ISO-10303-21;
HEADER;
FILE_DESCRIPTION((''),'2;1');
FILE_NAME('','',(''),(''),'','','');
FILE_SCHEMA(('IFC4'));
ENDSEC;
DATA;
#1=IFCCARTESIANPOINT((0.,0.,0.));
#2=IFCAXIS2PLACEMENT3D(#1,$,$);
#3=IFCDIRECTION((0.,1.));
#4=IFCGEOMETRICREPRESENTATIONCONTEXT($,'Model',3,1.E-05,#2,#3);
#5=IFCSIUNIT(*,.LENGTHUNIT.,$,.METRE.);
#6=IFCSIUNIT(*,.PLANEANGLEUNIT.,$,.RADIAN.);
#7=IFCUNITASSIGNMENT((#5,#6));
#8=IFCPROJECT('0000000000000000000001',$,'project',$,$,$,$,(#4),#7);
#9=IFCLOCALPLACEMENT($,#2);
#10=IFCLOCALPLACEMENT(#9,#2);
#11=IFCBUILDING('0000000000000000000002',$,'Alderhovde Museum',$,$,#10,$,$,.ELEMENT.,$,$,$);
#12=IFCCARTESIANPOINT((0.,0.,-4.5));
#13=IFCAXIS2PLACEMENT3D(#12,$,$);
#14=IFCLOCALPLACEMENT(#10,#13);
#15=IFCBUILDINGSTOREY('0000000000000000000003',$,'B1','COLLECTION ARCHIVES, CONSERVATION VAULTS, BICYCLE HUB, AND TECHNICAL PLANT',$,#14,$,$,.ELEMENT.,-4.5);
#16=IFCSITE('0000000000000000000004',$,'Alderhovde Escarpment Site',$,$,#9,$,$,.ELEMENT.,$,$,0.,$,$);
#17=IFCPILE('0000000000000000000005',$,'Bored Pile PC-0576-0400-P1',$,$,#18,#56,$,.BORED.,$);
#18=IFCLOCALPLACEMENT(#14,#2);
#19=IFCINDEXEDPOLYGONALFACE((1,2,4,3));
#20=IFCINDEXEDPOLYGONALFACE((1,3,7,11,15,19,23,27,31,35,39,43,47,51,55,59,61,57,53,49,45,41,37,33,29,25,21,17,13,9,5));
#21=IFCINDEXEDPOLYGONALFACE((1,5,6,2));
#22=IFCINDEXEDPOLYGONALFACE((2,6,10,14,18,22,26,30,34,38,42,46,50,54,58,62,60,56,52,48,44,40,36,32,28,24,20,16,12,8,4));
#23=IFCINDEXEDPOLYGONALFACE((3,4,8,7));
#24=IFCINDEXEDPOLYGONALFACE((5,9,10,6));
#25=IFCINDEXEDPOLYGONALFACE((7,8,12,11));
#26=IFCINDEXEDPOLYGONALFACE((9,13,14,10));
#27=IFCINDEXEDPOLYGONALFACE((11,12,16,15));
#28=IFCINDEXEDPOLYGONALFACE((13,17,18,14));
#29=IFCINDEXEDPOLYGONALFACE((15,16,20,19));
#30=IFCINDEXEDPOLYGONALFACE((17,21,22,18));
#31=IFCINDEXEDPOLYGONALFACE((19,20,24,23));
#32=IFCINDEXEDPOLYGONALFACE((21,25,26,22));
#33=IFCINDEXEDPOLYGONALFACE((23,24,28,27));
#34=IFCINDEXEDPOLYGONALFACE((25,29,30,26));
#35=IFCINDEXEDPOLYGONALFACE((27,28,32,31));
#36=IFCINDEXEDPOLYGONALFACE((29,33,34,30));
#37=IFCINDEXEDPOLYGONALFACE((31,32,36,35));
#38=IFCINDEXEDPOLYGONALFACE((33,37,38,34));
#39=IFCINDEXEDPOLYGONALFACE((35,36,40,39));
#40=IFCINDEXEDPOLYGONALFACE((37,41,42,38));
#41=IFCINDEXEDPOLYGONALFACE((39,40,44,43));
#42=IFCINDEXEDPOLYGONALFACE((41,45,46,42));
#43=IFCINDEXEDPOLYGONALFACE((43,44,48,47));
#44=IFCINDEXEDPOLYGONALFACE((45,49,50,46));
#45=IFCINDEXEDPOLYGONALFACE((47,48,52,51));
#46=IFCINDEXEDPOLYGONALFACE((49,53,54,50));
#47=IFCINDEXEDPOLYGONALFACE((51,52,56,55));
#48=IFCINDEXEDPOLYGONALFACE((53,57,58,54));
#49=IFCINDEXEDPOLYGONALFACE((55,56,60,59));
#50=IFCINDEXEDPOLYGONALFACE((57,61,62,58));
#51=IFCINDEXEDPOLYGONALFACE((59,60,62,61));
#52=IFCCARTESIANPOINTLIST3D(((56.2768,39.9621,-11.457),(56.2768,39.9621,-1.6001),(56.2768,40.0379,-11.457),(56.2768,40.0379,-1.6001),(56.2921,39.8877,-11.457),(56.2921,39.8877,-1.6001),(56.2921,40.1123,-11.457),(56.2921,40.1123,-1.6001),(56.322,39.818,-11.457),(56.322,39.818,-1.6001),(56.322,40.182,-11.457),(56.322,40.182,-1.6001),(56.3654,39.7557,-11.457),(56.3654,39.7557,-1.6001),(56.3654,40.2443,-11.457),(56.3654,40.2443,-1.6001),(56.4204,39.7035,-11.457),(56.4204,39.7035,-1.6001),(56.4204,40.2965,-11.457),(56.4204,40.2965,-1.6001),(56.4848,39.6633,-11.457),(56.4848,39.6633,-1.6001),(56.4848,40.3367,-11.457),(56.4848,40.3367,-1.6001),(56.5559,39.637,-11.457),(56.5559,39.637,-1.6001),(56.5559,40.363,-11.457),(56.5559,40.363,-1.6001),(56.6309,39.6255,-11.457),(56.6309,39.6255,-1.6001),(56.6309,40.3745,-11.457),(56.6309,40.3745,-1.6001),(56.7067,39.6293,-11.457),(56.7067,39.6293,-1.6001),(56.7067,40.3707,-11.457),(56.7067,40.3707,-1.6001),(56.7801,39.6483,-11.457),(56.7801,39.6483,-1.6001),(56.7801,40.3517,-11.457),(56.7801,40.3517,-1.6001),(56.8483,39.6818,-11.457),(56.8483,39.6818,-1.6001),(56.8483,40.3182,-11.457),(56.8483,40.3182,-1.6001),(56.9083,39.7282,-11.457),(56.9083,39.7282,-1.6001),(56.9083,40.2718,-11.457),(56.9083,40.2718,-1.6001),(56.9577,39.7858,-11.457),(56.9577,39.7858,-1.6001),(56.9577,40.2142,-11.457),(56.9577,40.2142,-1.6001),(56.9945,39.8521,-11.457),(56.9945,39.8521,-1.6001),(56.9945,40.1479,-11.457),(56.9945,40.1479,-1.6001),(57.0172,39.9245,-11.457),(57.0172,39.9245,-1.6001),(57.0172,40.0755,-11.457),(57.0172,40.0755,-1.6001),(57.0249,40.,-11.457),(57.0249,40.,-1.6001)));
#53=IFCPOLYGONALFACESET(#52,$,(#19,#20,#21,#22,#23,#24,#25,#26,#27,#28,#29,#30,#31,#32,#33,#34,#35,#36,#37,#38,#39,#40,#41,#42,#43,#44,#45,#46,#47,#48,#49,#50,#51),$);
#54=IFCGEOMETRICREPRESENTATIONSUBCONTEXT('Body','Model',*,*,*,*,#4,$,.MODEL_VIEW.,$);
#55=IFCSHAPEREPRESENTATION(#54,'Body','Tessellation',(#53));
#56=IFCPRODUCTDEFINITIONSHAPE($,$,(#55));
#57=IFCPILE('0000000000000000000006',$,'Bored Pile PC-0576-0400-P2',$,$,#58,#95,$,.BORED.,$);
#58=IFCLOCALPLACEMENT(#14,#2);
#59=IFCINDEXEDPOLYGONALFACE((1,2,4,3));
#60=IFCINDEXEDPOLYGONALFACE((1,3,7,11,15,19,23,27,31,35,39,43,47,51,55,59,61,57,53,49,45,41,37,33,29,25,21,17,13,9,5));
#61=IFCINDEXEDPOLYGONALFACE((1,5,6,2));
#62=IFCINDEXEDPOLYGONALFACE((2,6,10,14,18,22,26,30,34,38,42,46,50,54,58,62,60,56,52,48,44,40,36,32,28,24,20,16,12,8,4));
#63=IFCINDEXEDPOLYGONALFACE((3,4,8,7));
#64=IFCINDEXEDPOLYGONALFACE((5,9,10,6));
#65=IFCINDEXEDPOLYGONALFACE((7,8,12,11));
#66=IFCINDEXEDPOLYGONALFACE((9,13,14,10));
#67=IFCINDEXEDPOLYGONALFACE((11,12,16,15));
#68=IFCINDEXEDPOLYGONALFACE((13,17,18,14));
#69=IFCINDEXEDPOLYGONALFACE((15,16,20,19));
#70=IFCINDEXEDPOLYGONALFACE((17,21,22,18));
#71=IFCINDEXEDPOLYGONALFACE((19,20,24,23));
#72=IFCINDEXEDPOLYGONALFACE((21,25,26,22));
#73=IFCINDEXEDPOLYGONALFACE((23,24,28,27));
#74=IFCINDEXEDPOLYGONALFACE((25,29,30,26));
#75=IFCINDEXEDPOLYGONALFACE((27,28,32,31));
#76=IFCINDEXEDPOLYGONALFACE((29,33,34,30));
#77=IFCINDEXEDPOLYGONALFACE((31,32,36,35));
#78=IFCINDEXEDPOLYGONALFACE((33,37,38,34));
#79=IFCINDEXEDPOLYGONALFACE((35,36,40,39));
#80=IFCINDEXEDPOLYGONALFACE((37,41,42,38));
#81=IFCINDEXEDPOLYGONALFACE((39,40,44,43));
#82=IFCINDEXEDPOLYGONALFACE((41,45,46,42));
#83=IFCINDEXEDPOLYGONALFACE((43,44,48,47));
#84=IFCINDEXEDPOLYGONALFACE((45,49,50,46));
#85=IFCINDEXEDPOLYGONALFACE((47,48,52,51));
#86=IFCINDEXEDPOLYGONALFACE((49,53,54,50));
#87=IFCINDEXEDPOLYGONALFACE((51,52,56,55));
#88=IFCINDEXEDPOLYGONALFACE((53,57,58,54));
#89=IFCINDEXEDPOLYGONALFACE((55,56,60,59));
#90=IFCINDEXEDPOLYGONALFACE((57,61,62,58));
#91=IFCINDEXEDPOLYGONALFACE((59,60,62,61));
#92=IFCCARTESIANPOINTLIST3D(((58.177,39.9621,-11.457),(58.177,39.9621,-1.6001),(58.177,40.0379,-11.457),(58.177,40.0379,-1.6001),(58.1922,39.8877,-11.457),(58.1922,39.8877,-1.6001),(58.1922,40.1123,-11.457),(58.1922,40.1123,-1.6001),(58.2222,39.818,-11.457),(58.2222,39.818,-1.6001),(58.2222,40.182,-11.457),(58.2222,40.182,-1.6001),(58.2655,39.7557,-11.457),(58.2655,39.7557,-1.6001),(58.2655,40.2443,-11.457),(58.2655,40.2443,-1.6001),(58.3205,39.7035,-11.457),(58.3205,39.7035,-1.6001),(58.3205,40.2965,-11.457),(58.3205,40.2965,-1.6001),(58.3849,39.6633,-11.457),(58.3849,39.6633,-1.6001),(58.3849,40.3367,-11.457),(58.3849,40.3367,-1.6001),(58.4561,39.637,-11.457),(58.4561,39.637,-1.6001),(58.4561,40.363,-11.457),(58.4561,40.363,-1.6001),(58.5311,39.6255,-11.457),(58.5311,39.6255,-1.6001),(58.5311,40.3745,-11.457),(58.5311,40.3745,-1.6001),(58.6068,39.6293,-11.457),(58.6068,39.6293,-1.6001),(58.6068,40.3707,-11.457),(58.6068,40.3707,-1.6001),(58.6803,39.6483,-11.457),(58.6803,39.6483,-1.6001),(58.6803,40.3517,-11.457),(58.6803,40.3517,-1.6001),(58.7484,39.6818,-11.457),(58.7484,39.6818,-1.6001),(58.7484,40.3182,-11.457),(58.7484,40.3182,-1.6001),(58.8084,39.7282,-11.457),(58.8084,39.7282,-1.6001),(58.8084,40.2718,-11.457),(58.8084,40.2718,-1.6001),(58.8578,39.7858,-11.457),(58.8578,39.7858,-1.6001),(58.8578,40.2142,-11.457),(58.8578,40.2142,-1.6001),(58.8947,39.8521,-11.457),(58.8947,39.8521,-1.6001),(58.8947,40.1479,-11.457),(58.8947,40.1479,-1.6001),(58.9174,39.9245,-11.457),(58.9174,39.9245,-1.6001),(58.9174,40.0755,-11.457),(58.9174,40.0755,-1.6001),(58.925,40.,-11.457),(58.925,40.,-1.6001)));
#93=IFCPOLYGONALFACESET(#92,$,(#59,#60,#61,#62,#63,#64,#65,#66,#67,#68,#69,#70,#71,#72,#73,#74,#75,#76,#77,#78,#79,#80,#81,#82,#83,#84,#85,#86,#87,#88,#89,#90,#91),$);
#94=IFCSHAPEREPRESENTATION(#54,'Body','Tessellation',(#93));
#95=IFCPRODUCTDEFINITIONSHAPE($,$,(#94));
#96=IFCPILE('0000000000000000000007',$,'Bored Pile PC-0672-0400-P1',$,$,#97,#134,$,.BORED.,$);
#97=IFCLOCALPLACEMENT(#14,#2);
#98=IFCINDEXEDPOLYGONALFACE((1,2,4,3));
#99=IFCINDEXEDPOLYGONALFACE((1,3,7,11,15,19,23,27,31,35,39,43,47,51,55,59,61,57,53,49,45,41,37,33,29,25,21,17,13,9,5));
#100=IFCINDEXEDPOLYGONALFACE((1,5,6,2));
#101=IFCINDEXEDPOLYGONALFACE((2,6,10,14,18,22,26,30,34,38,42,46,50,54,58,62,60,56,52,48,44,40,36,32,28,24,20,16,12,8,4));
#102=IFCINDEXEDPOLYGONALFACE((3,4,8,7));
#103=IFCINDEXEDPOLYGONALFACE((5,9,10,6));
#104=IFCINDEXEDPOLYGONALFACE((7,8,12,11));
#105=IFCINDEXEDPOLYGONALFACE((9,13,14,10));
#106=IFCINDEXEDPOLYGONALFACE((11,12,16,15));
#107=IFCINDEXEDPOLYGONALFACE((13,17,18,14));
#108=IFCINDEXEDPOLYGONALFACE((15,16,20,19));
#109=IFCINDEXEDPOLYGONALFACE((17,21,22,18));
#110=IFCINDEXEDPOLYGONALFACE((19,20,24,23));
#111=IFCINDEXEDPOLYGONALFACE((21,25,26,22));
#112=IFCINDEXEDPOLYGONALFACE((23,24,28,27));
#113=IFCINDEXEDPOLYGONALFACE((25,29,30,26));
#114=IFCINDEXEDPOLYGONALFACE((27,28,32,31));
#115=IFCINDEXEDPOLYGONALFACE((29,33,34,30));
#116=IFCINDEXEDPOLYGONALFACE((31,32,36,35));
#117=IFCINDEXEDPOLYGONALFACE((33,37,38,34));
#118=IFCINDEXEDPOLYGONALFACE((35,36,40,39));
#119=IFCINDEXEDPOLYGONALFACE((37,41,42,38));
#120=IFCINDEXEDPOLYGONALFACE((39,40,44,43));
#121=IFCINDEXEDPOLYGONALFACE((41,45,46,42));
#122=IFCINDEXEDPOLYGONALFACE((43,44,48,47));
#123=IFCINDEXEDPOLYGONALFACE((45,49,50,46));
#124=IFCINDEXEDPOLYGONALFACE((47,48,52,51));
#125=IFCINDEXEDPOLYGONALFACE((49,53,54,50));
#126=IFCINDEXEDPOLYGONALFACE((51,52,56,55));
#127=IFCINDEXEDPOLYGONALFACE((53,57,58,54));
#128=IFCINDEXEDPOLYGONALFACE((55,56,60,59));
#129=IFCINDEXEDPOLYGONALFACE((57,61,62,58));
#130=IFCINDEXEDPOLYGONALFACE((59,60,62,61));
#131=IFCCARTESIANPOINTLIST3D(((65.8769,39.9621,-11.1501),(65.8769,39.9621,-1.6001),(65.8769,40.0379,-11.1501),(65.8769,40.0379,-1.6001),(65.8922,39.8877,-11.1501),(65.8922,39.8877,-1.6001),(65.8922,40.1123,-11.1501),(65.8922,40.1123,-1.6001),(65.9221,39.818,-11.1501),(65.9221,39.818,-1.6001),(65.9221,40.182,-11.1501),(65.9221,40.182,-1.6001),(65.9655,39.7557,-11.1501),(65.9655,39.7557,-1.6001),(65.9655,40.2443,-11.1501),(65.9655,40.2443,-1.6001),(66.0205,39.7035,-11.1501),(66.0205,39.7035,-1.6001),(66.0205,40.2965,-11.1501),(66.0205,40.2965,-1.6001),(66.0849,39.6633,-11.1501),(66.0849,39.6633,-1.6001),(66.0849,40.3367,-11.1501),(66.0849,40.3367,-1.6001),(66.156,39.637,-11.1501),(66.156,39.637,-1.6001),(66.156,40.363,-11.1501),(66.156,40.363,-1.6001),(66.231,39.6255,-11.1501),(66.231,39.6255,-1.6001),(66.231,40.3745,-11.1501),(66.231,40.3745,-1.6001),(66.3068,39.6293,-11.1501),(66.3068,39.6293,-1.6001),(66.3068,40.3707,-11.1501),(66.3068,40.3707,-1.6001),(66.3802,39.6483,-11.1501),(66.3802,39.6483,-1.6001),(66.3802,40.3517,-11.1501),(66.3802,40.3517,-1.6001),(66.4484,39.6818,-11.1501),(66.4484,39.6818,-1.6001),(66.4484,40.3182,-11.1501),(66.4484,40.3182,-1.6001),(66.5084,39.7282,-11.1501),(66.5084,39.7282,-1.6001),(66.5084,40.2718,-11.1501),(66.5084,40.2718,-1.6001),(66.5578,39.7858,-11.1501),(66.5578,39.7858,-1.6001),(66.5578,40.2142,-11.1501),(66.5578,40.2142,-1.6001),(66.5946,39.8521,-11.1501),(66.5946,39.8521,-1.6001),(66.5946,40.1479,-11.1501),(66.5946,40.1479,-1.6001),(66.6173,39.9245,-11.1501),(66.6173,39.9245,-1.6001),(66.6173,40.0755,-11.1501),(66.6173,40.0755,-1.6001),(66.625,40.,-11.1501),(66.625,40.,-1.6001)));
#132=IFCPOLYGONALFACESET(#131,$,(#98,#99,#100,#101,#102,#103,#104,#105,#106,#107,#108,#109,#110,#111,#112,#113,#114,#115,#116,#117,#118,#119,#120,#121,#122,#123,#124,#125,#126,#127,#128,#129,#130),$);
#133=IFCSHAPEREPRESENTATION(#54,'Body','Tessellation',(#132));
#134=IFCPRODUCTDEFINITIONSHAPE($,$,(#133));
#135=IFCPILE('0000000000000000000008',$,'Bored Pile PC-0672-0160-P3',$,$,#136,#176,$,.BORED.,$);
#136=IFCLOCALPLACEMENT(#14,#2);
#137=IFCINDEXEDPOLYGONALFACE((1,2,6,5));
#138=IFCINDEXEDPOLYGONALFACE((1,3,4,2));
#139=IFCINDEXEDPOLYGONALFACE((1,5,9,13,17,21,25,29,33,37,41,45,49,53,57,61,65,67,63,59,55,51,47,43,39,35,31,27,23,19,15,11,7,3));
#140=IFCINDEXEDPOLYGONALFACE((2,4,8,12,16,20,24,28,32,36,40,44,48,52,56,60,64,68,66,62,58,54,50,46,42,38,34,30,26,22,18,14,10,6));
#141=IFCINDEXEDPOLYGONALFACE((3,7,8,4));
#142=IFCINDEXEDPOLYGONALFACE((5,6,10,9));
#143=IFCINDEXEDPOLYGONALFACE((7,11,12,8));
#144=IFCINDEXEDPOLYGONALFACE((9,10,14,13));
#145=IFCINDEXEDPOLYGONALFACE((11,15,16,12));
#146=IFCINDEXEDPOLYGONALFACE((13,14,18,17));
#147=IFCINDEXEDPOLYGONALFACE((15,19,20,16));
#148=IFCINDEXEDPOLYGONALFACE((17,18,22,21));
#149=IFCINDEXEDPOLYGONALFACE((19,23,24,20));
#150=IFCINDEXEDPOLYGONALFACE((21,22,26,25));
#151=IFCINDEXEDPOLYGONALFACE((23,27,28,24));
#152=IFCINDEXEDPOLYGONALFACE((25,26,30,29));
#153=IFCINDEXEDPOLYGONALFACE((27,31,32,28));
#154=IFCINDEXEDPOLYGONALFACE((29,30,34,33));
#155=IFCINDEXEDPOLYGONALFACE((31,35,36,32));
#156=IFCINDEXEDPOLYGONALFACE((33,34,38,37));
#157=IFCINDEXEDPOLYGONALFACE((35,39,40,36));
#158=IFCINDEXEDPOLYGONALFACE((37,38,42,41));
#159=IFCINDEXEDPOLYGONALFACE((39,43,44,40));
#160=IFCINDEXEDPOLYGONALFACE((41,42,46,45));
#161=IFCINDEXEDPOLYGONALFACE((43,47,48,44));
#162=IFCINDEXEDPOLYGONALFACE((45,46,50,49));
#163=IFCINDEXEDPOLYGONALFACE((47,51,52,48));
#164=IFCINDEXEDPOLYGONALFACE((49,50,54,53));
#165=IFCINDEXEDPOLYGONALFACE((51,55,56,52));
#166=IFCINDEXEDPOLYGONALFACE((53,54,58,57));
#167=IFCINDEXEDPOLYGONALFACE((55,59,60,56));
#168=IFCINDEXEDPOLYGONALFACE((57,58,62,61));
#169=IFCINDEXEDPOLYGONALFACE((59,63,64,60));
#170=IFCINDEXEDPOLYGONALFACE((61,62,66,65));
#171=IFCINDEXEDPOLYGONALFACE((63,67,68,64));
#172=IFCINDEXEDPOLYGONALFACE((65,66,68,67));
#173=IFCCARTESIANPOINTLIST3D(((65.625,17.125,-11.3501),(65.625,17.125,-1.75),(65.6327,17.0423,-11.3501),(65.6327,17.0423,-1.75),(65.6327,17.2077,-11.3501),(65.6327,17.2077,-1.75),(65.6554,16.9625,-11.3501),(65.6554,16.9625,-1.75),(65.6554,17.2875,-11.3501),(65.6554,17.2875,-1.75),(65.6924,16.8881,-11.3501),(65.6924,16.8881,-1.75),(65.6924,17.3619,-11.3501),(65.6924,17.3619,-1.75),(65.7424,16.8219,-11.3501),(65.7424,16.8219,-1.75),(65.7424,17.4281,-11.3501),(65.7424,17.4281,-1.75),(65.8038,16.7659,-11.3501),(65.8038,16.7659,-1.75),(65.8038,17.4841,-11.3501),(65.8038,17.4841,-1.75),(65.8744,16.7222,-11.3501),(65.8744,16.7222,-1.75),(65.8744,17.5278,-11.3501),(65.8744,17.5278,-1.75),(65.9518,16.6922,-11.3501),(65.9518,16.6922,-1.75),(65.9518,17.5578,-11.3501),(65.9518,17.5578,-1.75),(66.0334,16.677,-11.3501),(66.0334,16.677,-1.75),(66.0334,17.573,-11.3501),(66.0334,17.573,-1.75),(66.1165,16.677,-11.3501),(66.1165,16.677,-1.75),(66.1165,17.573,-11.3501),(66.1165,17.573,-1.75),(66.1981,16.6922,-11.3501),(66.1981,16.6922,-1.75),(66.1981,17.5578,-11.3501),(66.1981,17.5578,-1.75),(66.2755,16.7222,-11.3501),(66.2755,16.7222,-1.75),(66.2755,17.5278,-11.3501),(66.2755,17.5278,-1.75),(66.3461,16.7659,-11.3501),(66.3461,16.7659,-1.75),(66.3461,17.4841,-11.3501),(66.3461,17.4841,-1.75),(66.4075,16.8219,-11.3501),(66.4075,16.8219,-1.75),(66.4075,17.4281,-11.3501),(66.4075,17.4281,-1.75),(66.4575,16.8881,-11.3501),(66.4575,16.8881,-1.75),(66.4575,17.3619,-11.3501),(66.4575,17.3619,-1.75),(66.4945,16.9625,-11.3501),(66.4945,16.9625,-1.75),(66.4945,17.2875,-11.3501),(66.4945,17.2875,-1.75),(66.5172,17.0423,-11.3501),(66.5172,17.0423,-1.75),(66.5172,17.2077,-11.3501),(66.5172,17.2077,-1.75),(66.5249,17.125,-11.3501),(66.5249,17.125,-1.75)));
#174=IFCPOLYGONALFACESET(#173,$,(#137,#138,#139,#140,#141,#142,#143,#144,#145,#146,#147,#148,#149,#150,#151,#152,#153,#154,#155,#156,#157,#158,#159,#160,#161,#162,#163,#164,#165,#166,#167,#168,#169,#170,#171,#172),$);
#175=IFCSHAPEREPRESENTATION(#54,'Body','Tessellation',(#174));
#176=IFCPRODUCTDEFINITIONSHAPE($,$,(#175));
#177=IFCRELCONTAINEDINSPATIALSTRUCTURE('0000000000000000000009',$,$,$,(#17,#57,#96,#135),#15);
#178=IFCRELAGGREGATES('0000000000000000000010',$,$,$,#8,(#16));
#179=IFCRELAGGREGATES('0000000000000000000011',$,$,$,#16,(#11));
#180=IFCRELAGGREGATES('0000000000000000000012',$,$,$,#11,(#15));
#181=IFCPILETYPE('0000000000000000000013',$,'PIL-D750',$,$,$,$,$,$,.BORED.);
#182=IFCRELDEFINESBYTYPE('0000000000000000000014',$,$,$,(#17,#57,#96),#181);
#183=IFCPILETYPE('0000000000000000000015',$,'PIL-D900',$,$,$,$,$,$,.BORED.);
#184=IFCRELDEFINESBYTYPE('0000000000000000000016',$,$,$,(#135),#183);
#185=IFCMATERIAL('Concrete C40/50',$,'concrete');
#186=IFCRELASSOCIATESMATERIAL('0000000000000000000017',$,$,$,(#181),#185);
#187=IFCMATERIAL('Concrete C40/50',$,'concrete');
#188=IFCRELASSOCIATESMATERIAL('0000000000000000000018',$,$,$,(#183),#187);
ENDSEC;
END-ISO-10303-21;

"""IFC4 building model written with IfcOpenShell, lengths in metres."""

from ifc_helpers import new_model, si_unit, direction, frame, origin, origin_2d, place, context, subcontext, project, spatial, circle, extrude, material, material_profile, profile_set, type_object, element, save


model = new_model("IFC4")

# Units and contexts
model_context = context("Model", 3, precision=1e-05, world=origin(), true_north=direction((0.0, 1.0)))
body_context = subcontext(model_context, "Body", "Model", "MODEL_VIEW")
ifc_project = project(units=[si_unit("LENGTHUNIT", "METRE"), si_unit("PLANEANGLEUNIT", "RADIAN")], contexts=[model_context])

# Site, building, storey
site_placement = place(None, origin())
site = spatial("IfcSite", under=ifc_project, at=site_placement, Name="Alderhovde Escarpment Site", CompositionType="ELEMENT", RefElevation=0.0)
building_placement = place(site_placement, origin())
building = spatial("IfcBuilding", under=site, at=building_placement, Name="Alderhovde Museum", CompositionType="ELEMENT")
storey_placement = place(building_placement, frame((0.0, 0.0, -4.5)))
storey = spatial("IfcBuildingStorey", under=building, at=storey_placement, Name="B1", Description="COLLECTION ARCHIVES, CONSERVATION VAULTS, BICYCLE HUB, AND TECHNICAL PLANT", CompositionType="ELEMENT", Elevation=-4.5)

# Piles
ifc_material_1 = material(Name="Concrete C40/50", Category="concrete")
ifc_material_profile_1 = material_profile(ifc_material_1, circle(Radius=0.375, at=origin_2d()), Name="PILE-D750")
ifc_profile_set_1 = profile_set([ifc_material_profile_1], Name="Concrete C40/50")
pile_type_1 = type_object("IfcPileType", Name="PIL-D750", PredefinedType="BORED", material=ifc_profile_set_1)
for number, where, z_axis, x_axis, name in (
    (1, (56.6499, 40.0, -1.6001), (0.0, 0.0, -1.0), (1.0, 0.0, 0.0), "Bored Pile PC-0576-0400-P1"),
    (2, (58.55, 40.0, -1.6001), (0.0, 0.0, -1.0), (1.0, 0.0, 0.0), "Bored Pile PC-0576-0400-P2"),
):
    element("IfcPile", number, at=place(storey_placement, frame(where, z_axis=z_axis, x_axis=x_axis)), inside=storey, type_object=pile_type_1, Name=name, PredefinedType="BORED", context=body_context, shape_type="SweptSolid", body=[
        extrude(circle(Radius=0.375, at=origin_2d()), origin(), (0.0, 0.0, 1.0), 9.8569),
    ])
pile_1_placement = place(storey_placement, frame((66.25, 40.0, -1.6001), z_axis=(0.0, 0.0, -1.0), x_axis=(1.0, 0.0, 0.0)))
element("IfcPile", 3, at=pile_1_placement, inside=storey, type_object=pile_type_1, Name="Bored Pile PC-0672-0400-P1", PredefinedType="BORED", context=body_context, shape_type="SweptSolid", body=[
    extrude(circle(Radius=0.375, at=origin_2d()), origin(), (0.0, 0.0, 1.0), 9.55),
])
ifc_material_2 = material(Name="Concrete C40/50", Category="concrete")
ifc_material_profile_2 = material_profile(ifc_material_2, circle(Radius=0.45, at=origin_2d()), Name="PILE-D900")
ifc_profile_set_2 = profile_set([ifc_material_profile_2], Name="Concrete C40/50")
pile_type_2 = type_object("IfcPileType", Name="PIL-D900", PredefinedType="BORED", material=ifc_profile_set_2)
pile_2_placement = place(storey_placement, frame((66.075, 17.125, -1.75), z_axis=(0.0, 0.0, -1.0), x_axis=(1.0, 0.0, 0.0)))
element("IfcPile", 4, at=pile_2_placement, inside=storey, type_object=pile_type_2, Name="Bored Pile PC-0672-0160-P3", PredefinedType="BORED", context=body_context, shape_type="SweptSolid", body=[
    extrude(circle(Radius=0.45, at=origin_2d()), origin(), (0.0, 0.0, 1.0), 9.6001),
])

save(model, "model.ifc")
